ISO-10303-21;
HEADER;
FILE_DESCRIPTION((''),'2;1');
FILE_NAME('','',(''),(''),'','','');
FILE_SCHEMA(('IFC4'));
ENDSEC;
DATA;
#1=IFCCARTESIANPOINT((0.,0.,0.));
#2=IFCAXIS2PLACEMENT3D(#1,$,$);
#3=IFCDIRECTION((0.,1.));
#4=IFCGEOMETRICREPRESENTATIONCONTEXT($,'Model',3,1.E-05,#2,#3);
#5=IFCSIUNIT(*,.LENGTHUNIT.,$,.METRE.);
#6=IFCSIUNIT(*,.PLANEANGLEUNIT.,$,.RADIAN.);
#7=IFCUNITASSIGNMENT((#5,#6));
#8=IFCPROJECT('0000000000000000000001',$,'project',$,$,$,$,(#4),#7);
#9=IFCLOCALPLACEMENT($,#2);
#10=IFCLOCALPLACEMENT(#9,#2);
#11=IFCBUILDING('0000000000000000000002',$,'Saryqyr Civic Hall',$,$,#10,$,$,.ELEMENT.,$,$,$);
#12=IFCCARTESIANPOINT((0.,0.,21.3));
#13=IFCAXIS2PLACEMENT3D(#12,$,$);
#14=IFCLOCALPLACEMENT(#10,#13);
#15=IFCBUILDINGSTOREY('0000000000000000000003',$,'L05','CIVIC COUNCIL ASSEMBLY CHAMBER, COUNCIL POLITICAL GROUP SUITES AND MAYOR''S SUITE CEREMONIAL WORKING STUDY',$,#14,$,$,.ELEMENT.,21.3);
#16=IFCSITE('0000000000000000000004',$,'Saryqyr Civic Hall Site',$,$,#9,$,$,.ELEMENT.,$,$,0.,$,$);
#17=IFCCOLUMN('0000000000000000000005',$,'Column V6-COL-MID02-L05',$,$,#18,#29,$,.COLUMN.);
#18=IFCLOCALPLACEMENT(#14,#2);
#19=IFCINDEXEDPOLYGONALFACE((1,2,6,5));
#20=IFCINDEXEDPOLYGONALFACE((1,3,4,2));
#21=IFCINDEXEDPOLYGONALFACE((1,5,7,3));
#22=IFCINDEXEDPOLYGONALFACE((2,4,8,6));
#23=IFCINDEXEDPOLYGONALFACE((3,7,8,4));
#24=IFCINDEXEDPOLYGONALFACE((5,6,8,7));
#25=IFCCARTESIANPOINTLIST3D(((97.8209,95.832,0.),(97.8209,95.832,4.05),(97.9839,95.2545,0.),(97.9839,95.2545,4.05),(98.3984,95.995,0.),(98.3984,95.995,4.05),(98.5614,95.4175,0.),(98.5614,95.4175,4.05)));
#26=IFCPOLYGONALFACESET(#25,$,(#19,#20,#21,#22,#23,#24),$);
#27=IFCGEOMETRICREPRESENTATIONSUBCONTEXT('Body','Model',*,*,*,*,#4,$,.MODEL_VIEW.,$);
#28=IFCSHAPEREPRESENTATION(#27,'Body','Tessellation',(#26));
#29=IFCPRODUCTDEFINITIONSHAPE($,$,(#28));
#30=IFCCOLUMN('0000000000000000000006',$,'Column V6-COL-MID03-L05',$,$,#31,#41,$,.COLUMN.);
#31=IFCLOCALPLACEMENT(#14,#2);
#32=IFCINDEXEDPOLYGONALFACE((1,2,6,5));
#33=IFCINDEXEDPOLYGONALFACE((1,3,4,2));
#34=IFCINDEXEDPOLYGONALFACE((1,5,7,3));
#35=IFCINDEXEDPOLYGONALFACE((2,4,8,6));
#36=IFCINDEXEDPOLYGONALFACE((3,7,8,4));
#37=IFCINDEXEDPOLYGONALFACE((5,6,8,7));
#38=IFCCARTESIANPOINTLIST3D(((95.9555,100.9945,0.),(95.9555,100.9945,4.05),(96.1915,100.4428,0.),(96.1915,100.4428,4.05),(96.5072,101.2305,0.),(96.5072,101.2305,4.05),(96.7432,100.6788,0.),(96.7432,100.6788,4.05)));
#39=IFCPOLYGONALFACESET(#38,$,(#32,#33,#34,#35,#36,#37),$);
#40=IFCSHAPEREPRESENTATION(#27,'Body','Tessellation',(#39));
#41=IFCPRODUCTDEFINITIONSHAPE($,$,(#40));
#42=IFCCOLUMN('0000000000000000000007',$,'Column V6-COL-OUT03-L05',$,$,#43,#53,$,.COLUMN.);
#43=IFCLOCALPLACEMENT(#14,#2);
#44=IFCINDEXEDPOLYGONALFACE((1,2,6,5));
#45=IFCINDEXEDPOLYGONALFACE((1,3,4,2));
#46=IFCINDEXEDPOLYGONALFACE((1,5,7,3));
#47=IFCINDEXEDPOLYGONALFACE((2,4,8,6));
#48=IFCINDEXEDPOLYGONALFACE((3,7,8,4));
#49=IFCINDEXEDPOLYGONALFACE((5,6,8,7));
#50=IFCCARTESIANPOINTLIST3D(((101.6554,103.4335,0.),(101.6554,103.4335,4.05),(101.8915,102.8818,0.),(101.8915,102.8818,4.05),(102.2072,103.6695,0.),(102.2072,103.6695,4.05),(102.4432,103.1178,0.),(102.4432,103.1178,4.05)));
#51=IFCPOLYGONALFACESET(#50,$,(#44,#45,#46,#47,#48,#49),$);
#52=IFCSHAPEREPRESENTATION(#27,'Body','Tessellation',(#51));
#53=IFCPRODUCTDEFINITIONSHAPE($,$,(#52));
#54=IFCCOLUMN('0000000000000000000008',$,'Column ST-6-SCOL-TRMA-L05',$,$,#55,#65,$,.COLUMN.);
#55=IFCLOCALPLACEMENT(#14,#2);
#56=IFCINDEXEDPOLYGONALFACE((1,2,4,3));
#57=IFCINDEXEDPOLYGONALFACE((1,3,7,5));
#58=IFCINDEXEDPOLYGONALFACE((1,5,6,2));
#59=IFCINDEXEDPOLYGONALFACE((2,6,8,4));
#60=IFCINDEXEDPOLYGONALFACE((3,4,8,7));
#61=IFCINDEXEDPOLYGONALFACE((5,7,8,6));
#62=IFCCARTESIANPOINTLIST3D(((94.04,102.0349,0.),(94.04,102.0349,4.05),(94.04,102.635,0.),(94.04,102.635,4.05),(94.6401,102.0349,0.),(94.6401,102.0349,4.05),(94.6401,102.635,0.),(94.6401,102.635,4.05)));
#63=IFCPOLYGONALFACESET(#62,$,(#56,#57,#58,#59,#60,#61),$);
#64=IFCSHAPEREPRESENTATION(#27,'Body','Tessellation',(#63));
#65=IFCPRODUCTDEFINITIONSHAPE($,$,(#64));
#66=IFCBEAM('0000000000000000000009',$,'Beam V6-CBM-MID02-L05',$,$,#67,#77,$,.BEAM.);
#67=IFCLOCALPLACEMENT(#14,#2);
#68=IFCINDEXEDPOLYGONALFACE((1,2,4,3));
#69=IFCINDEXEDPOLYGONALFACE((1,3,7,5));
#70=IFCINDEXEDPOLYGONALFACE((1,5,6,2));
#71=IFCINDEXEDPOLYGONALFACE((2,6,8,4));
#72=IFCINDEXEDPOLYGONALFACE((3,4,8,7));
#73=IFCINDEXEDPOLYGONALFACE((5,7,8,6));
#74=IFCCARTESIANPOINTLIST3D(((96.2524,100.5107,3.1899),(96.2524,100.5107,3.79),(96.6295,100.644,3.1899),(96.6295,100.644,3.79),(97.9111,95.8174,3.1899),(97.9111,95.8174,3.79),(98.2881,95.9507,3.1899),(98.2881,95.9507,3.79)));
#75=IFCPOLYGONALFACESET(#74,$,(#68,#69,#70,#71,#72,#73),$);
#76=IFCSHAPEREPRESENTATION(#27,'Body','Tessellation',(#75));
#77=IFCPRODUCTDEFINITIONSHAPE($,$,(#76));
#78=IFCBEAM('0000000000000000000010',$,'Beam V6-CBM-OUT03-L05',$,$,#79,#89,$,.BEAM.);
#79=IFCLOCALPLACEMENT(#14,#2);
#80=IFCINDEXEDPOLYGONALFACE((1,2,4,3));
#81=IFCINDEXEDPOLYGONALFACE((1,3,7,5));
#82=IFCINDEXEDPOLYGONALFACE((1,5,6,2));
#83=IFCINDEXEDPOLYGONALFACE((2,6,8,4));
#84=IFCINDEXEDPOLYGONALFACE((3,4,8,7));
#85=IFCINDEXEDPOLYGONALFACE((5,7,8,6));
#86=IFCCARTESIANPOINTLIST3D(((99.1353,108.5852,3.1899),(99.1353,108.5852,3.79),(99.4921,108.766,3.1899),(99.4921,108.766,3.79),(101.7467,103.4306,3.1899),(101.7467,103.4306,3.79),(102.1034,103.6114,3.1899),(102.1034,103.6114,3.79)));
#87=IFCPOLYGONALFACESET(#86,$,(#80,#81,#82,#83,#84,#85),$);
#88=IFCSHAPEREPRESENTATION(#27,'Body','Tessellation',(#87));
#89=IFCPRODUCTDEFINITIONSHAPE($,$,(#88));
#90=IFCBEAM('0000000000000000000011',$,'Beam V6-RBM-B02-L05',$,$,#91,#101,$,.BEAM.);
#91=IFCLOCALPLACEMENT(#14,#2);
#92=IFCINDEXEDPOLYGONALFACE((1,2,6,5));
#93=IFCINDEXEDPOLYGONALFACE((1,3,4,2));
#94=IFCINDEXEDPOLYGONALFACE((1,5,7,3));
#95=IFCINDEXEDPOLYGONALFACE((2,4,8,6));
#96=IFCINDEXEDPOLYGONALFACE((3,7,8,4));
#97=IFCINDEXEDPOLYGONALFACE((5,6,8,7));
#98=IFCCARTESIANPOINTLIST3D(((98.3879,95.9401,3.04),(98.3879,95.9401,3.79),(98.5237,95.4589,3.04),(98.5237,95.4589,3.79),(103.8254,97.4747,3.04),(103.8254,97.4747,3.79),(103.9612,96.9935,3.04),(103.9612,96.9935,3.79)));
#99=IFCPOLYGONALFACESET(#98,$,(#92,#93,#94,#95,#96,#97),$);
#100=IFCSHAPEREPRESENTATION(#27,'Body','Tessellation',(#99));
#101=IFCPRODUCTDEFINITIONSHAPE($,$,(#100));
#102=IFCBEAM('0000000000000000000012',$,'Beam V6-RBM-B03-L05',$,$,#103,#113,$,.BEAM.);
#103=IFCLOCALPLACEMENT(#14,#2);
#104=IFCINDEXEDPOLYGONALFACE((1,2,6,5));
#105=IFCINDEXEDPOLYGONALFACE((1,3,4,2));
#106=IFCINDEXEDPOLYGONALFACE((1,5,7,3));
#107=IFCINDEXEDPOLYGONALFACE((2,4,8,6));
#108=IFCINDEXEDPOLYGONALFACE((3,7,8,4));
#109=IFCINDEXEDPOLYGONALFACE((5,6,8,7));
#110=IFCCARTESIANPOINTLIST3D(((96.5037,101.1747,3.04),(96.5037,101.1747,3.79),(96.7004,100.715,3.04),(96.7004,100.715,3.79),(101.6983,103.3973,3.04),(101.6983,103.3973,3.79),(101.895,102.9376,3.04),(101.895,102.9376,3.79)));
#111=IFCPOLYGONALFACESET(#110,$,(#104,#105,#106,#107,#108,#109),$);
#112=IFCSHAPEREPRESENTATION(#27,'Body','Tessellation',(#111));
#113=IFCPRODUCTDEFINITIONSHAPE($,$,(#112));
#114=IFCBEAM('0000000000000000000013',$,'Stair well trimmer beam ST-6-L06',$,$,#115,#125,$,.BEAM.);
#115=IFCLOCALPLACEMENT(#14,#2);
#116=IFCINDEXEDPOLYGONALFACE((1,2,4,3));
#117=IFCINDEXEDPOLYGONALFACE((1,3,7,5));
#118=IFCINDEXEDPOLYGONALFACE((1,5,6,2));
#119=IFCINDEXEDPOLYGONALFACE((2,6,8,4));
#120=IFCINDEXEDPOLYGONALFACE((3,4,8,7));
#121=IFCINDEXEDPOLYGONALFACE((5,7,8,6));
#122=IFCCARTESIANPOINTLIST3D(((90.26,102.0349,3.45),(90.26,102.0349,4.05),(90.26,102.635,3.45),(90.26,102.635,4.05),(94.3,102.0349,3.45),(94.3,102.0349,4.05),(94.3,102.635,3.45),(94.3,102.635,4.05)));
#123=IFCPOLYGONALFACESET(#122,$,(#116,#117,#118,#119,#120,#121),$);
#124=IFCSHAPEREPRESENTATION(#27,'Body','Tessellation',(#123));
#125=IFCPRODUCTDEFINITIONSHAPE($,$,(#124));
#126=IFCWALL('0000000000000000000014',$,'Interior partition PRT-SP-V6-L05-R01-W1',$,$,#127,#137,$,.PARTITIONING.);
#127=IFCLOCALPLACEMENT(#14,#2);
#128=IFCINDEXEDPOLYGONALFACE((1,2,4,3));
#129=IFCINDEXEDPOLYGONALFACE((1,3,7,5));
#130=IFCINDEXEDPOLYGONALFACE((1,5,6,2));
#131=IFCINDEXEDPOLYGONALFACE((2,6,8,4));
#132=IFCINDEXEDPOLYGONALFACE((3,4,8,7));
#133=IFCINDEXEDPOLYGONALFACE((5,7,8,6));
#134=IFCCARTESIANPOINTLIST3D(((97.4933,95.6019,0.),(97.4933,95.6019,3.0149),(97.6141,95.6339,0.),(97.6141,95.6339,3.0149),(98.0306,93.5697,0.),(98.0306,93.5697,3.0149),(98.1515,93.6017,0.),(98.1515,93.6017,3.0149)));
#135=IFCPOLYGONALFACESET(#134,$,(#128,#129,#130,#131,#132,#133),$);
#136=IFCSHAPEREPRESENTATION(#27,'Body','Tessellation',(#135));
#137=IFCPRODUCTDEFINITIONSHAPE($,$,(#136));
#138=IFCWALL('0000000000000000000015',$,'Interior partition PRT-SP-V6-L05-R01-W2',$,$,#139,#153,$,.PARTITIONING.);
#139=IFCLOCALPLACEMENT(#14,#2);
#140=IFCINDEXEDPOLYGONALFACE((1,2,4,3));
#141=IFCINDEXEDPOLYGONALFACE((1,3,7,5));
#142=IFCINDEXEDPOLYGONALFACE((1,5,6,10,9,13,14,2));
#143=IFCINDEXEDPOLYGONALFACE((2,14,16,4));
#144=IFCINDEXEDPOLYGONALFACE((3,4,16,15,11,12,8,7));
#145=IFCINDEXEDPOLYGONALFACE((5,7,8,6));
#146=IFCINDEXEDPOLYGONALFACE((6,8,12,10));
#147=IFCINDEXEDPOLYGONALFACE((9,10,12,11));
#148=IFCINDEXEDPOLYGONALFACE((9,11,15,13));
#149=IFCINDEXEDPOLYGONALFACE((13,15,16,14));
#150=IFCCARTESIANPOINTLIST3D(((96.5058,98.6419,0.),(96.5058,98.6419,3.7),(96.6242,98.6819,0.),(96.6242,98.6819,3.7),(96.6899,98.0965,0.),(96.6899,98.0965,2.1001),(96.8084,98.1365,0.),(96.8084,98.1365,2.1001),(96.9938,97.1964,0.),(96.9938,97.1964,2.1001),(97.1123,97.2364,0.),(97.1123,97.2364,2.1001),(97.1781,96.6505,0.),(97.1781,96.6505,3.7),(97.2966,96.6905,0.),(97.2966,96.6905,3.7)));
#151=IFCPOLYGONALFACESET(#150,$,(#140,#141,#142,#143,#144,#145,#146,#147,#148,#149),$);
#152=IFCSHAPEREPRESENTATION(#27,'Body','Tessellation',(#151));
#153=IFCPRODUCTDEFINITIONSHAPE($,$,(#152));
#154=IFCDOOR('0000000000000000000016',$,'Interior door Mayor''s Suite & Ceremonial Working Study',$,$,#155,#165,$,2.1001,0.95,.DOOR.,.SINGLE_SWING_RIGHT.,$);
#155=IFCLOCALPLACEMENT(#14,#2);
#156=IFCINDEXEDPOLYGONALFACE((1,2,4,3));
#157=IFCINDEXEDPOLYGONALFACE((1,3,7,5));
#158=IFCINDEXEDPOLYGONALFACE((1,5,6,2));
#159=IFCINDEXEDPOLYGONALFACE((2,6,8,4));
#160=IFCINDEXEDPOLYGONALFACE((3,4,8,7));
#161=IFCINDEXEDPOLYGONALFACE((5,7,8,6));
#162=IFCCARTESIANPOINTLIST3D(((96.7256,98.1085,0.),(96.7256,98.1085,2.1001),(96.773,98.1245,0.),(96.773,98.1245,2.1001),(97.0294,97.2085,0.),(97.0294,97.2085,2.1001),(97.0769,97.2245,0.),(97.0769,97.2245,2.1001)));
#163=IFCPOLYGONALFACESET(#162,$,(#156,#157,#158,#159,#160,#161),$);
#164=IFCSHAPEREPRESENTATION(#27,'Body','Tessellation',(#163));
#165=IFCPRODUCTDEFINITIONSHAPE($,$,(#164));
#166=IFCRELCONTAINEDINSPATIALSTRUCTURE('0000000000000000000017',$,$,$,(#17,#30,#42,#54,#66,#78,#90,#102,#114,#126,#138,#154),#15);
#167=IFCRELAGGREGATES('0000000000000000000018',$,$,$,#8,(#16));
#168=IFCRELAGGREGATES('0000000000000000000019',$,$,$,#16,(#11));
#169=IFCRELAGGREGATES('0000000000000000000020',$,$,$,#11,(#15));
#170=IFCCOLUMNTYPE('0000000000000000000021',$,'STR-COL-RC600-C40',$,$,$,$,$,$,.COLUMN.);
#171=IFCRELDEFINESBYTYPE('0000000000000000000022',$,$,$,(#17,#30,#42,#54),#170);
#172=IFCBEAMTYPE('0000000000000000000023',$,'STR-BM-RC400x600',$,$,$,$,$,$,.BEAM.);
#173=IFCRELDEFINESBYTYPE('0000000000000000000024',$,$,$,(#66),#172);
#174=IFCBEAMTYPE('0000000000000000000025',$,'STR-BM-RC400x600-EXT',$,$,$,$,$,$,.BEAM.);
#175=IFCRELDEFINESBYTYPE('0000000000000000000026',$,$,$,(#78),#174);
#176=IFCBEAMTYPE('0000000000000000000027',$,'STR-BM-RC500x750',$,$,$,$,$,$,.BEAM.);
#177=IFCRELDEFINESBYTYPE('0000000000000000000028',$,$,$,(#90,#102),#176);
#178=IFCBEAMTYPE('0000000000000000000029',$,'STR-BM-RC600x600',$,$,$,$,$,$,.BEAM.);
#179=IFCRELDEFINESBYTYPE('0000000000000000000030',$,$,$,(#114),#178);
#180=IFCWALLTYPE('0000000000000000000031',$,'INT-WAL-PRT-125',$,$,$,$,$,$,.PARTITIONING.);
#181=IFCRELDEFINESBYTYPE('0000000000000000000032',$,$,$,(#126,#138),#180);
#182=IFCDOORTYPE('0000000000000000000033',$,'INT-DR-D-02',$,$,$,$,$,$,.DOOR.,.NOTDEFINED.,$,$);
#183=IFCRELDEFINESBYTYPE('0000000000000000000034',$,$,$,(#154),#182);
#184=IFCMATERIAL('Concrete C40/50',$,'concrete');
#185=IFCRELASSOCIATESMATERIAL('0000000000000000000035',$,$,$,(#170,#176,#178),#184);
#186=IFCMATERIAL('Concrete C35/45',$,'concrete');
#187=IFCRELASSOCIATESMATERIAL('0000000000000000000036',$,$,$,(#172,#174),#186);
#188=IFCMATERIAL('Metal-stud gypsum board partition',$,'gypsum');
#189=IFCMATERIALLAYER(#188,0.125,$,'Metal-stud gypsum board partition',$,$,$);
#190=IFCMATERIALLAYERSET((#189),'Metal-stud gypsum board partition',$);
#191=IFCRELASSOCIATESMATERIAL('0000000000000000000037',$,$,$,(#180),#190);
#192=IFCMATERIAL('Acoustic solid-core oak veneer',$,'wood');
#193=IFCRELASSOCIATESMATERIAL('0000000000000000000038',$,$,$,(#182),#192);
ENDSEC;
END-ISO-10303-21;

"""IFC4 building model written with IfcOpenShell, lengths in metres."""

from ifc_helpers import new_model, si_unit, direction, frame, frame_2d, origin, origin_2d, place, context, subcontext, project, spatial, rectangle, extrude, material, layer, layer_set, material_profile, profile_set, type_object, element, fill, save


model = new_model("IFC4")

# Units and contexts
model_context = context("Model", 3, precision=1e-05, world=origin(), true_north=direction((0.0, 1.0)))
body_context = subcontext(model_context, "Body", "Model", "MODEL_VIEW")
ifc_project = project(units=[si_unit("LENGTHUNIT", "METRE"), si_unit("PLANEANGLEUNIT", "RADIAN")], contexts=[model_context])

# Site, building, storey
site_placement = place(None, origin())
site = spatial("IfcSite", under=ifc_project, at=site_placement, Name="Saryqyr Civic Hall Site", CompositionType="ELEMENT", RefElevation=0.0)
building_placement = place(site_placement, origin())
building = spatial("IfcBuilding", under=site, at=building_placement, Name="Saryqyr Civic Hall", CompositionType="ELEMENT")
storey_placement = place(building_placement, frame((0.0, 0.0, 21.3)))
storey = spatial("IfcBuildingStorey", under=building, at=storey_placement, Name="L05", Description="CIVIC COUNCIL ASSEMBLY CHAMBER, COUNCIL POLITICAL GROUP SUITES AND MAYOR'S SUITE CEREMONIAL WORKING STUDY", CompositionType="ELEMENT", Elevation=21.3)

# Columns
ifc_material_1 = material(Name="Concrete C40/50", Category="concrete")
ifc_material_profile_1 = material_profile(ifc_material_1, rectangle(XDim=0.6001, YDim=0.6001, at=origin_2d()), Name="RC 600x600")
ifc_profile_set_1 = profile_set([ifc_material_profile_1], Name="Concrete C40/50")
column_type = type_object("IfcColumnType", Name="STR-COL-RC600-C40", PredefinedType="COLUMN", material=ifc_profile_set_1)
for number, where, z_axis, x_axis, name in (
    (1, (98.1912, 95.6248, 0.0), (0.0, 0.0, 1.0), (0.962408, 0.271608, 0.0), "Column V6-COL-MID02-L05"),
    (2, (96.3494, 100.8367, 0.0), (0.0, 0.0, 1.0), (0.91941, 0.3933, 0.0), "Column V6-COL-MID03-L05"),
    (3, (102.0493, 103.2756, 0.0), (0.0, 0.0, 1.0), (0.91941, 0.3933, 0.0), "Column V6-COL-OUT03-L05"),
    (4, (94.3401, 102.335, 0.0), (0.0, 0.0, 1.0), (1.0, 0.0, 0.0), "Column ST-6-SCOL-TRMA-L05"),
):
    element("IfcColumn", number, at=place(storey_placement, frame(where, z_axis=z_axis, x_axis=x_axis)), inside=storey, type_object=column_type, Name=name, PredefinedType="COLUMN", context=body_context, shape_type="SweptSolid", body=[
        extrude(rectangle(XDim=0.6001, YDim=0.6001, at=origin_2d()), origin(), (0.0, 0.0, 1.0), 4.05),
    ])

# Beams
ifc_material_2 = material(Name="Concrete C35/45", Category="concrete")
ifc_material_profile_2 = material_profile(ifc_material_2, rectangle(XDim=0.3999, YDim=0.6001, at=origin_2d()), Name="RC 400x600")
ifc_profile_set_2 = profile_set([ifc_material_profile_2], Name="Concrete C35/45")
beam_type_1 = type_object("IfcBeamType", Name="STR-BM-RC400x600", PredefinedType="BEAM", material=ifc_profile_set_2)
beam_1_placement = place(storey_placement, frame((98.0996, 95.884, 3.49), z_axis=(-0.333215, 0.942851, 0.0), x_axis=(-0.942851, -0.333215, 0.0)))
element("IfcBeam", 5, at=beam_1_placement, inside=storey, type_object=beam_type_1, Name="Beam V6-CBM-MID02-L05", PredefinedType="BEAM", context=body_context, shape_type="SweptSolid", body=[
    extrude(rectangle(XDim=0.3999, YDim=0.6001, at=origin_2d()), origin(), (0.0, 0.0, 1.0), 4.9778),
])
ifc_material_profile_3 = material_profile(ifc_material_2, rectangle(XDim=0.3999, YDim=0.6001, at=origin_2d()), Name="RC 400x600")
ifc_profile_set_3 = profile_set([ifc_material_profile_3], Name="Concrete C35/45")
beam_type_2 = type_object("IfcBeamType", Name="STR-BM-RC400x600-EXT", PredefinedType="BEAM", material=ifc_profile_set_3)
beam_2_placement = place(storey_placement, frame((101.925, 103.521, 3.49), z_axis=(-0.451923, 0.892057, 0.0), x_axis=(-0.892057, -0.451923, 0.0)))
element("IfcBeam", 6, at=beam_2_placement, inside=storey, type_object=beam_type_2, Name="Beam V6-CBM-OUT03-L05", PredefinedType="BEAM", context=body_context, shape_type="SweptSolid", body=[
    extrude(rectangle(XDim=0.3999, YDim=0.6001, at=origin_2d()), origin(), (0.0, 0.0, 1.0), 5.7783),
])
ifc_material_profile_4 = material_profile(ifc_material_1, rectangle(XDim=0.5, YDim=0.75, at=origin_2d()), Name="RC 500x750")
ifc_profile_set_4 = profile_set([ifc_material_profile_4], Name="Concrete C40/50")
beam_type_3 = type_object("IfcBeamType", Name="STR-BM-RC500x750", PredefinedType="BEAM", material=ifc_profile_set_4)
beam_3_placement = place(storey_placement, frame((98.4558, 95.6995, 3.415), z_axis=(0.962403, 0.271626, 0.0), x_axis=(-0.271626, 0.962403, 0.0)))
element("IfcBeam", 7, at=beam_3_placement, inside=storey, type_object=beam_type_3, Name="Beam V6-RBM-B02-L05", PredefinedType="BEAM", context=body_context, shape_type="SweptSolid", body=[
    extrude(rectangle(XDim=0.5, YDim=0.75, at=origin_2d()), origin(), (0.0, 0.0, 1.0), 5.6499),
])
beam_4_placement = place(storey_placement, frame((96.6021, 100.9448, 3.415), z_axis=(0.919375, 0.393382, 0.0), x_axis=(-0.393382, 0.919375, 0.0)))
element("IfcBeam", 8, at=beam_4_placement, inside=storey, type_object=beam_type_3, Name="Beam V6-RBM-B03-L05", PredefinedType="BEAM", context=body_context, shape_type="SweptSolid", body=[
    extrude(rectangle(XDim=0.5, YDim=0.75, at=origin_2d()), origin(), (0.0, 0.0, 1.0), 5.6501),
])
ifc_material_profile_5 = material_profile(ifc_material_1, rectangle(XDim=0.6001, YDim=0.6001, at=origin_2d()), Name="RC 600x600")
ifc_profile_set_5 = profile_set([ifc_material_profile_5], Name="Concrete C40/50")
beam_type_4 = type_object("IfcBeamType", Name="STR-BM-RC600x600", PredefinedType="BEAM", material=ifc_profile_set_5)
beam_5_placement = place(storey_placement, frame((94.3, 102.335, 3.75), z_axis=(-1.0, 0.0, 0.0), x_axis=(0.0, -1.0, 0.0)))
element("IfcBeam", 9, at=beam_5_placement, inside=storey, type_object=beam_type_4, Name="Stair well trimmer beam ST-6-L06", PredefinedType="BEAM", context=body_context, shape_type="SweptSolid", body=[
    extrude(rectangle(XDim=0.6001, YDim=0.6001, at=origin_2d()), origin(), (0.0, 0.0, 1.0), 4.04),
])

# Wall
ifc_material_3 = material(Name="Metal-stud gypsum board partition", Category="gypsum")
ifc_layer_1 = layer(ifc_material_3, 0.125, Name="Metal-stud gypsum board partition")
ifc_layer_set_1 = layer_set([ifc_layer_1], Name="Metal-stud gypsum board partition")
wall_type_1 = type_object("IfcWallType", Name="INT-WAL-PRT-125", PredefinedType="PARTITIONING", material=ifc_layer_set_1)
wall_1_placement = place(storey_placement, frame((98.0911, 93.5857, 0.0), z_axis=(0.0, 0.0, 1.0), x_axis=(-0.255631, 0.966774, 0.0)))
element("IfcWall", 10, at=wall_1_placement, inside=storey, type_object=wall_type_1, Name="Interior partition PRT-SP-V6-L05-R01-W1", PredefinedType="PARTITIONING", context=body_context, shape_type="SweptSolid", body=[
    extrude(rectangle(XDim=2.1021, YDim=0.125, at=frame_2d((1.051, 0.0))), origin(), (0.0, 0.0, 1.0), 3.0149),
])

# Wall, opening, door
wall_2_placement = place(storey_placement, frame((97.2373, 96.6707, 0.0), z_axis=(0.0, 0.0, 1.0), x_axis=(-0.319884, 0.947457, 0.0)))
wall_2 = element("IfcWall", 11, at=wall_2_placement, inside=storey, type_object=wall_type_1, Name="Interior partition PRT-SP-V6-L05-R01-W2", PredefinedType="PARTITIONING", context=body_context, shape_type="SweptSolid", body=[
    extrude(rectangle(XDim=2.1018, YDim=0.125, at=frame_2d((1.0508, 0.0))), origin(), (0.0, 0.0, 1.0), 3.7),
])
opening_1_placement = place(wall_2_placement, frame((0.5759, 0.0, 0.0)))
opening_1 = element("IfcOpeningElement", 12, at=opening_1_placement, cuts=wall_2, PredefinedType="OPENING", context=body_context, shape_type="SweptSolid", body=[
    extrude(rectangle(XDim=0.95, YDim=2.1001, at=frame_2d((0.4751, 1.05))), frame((0.0, 0.0725, 0.0), z_axis=(0.0, -1.0, 0.0), x_axis=(1.0, 0.0, 0.0)), (0.0, 0.0, 1.0), 0.145),
])
ifc_material_4 = material(Name="Acoustic solid-core oak veneer", Category="wood")
door_type_1 = type_object("IfcDoorType", Name="INT-DR-D-02", OperationType="NOTDEFINED", PredefinedType="DOOR", material=ifc_material_4)
door_1_placement = place(opening_1_placement, origin())
door_1 = element("IfcDoor", 13, at=door_1_placement, inside=storey, type_object=door_type_1, Name="Interior door Mayor's Suite & Ceremonial Working Study", OperationType="SINGLE_SWING_RIGHT", OverallHeight=2.1001, OverallWidth=0.95, PredefinedType="DOOR", context=body_context, shape_type="SweptSolid", body=[
    extrude(rectangle(XDim=0.95, YDim=2.1001, at=frame_2d((0.4751, 1.05))), frame((0.0, 0.0249, 0.0), z_axis=(0.0, -1.0, 0.0), x_axis=(1.0, 0.0, 0.0)), (0.0, 0.0, 1.0), 0.05),
])
fill(opening_1, door_1)

save(model, "model.ifc")
